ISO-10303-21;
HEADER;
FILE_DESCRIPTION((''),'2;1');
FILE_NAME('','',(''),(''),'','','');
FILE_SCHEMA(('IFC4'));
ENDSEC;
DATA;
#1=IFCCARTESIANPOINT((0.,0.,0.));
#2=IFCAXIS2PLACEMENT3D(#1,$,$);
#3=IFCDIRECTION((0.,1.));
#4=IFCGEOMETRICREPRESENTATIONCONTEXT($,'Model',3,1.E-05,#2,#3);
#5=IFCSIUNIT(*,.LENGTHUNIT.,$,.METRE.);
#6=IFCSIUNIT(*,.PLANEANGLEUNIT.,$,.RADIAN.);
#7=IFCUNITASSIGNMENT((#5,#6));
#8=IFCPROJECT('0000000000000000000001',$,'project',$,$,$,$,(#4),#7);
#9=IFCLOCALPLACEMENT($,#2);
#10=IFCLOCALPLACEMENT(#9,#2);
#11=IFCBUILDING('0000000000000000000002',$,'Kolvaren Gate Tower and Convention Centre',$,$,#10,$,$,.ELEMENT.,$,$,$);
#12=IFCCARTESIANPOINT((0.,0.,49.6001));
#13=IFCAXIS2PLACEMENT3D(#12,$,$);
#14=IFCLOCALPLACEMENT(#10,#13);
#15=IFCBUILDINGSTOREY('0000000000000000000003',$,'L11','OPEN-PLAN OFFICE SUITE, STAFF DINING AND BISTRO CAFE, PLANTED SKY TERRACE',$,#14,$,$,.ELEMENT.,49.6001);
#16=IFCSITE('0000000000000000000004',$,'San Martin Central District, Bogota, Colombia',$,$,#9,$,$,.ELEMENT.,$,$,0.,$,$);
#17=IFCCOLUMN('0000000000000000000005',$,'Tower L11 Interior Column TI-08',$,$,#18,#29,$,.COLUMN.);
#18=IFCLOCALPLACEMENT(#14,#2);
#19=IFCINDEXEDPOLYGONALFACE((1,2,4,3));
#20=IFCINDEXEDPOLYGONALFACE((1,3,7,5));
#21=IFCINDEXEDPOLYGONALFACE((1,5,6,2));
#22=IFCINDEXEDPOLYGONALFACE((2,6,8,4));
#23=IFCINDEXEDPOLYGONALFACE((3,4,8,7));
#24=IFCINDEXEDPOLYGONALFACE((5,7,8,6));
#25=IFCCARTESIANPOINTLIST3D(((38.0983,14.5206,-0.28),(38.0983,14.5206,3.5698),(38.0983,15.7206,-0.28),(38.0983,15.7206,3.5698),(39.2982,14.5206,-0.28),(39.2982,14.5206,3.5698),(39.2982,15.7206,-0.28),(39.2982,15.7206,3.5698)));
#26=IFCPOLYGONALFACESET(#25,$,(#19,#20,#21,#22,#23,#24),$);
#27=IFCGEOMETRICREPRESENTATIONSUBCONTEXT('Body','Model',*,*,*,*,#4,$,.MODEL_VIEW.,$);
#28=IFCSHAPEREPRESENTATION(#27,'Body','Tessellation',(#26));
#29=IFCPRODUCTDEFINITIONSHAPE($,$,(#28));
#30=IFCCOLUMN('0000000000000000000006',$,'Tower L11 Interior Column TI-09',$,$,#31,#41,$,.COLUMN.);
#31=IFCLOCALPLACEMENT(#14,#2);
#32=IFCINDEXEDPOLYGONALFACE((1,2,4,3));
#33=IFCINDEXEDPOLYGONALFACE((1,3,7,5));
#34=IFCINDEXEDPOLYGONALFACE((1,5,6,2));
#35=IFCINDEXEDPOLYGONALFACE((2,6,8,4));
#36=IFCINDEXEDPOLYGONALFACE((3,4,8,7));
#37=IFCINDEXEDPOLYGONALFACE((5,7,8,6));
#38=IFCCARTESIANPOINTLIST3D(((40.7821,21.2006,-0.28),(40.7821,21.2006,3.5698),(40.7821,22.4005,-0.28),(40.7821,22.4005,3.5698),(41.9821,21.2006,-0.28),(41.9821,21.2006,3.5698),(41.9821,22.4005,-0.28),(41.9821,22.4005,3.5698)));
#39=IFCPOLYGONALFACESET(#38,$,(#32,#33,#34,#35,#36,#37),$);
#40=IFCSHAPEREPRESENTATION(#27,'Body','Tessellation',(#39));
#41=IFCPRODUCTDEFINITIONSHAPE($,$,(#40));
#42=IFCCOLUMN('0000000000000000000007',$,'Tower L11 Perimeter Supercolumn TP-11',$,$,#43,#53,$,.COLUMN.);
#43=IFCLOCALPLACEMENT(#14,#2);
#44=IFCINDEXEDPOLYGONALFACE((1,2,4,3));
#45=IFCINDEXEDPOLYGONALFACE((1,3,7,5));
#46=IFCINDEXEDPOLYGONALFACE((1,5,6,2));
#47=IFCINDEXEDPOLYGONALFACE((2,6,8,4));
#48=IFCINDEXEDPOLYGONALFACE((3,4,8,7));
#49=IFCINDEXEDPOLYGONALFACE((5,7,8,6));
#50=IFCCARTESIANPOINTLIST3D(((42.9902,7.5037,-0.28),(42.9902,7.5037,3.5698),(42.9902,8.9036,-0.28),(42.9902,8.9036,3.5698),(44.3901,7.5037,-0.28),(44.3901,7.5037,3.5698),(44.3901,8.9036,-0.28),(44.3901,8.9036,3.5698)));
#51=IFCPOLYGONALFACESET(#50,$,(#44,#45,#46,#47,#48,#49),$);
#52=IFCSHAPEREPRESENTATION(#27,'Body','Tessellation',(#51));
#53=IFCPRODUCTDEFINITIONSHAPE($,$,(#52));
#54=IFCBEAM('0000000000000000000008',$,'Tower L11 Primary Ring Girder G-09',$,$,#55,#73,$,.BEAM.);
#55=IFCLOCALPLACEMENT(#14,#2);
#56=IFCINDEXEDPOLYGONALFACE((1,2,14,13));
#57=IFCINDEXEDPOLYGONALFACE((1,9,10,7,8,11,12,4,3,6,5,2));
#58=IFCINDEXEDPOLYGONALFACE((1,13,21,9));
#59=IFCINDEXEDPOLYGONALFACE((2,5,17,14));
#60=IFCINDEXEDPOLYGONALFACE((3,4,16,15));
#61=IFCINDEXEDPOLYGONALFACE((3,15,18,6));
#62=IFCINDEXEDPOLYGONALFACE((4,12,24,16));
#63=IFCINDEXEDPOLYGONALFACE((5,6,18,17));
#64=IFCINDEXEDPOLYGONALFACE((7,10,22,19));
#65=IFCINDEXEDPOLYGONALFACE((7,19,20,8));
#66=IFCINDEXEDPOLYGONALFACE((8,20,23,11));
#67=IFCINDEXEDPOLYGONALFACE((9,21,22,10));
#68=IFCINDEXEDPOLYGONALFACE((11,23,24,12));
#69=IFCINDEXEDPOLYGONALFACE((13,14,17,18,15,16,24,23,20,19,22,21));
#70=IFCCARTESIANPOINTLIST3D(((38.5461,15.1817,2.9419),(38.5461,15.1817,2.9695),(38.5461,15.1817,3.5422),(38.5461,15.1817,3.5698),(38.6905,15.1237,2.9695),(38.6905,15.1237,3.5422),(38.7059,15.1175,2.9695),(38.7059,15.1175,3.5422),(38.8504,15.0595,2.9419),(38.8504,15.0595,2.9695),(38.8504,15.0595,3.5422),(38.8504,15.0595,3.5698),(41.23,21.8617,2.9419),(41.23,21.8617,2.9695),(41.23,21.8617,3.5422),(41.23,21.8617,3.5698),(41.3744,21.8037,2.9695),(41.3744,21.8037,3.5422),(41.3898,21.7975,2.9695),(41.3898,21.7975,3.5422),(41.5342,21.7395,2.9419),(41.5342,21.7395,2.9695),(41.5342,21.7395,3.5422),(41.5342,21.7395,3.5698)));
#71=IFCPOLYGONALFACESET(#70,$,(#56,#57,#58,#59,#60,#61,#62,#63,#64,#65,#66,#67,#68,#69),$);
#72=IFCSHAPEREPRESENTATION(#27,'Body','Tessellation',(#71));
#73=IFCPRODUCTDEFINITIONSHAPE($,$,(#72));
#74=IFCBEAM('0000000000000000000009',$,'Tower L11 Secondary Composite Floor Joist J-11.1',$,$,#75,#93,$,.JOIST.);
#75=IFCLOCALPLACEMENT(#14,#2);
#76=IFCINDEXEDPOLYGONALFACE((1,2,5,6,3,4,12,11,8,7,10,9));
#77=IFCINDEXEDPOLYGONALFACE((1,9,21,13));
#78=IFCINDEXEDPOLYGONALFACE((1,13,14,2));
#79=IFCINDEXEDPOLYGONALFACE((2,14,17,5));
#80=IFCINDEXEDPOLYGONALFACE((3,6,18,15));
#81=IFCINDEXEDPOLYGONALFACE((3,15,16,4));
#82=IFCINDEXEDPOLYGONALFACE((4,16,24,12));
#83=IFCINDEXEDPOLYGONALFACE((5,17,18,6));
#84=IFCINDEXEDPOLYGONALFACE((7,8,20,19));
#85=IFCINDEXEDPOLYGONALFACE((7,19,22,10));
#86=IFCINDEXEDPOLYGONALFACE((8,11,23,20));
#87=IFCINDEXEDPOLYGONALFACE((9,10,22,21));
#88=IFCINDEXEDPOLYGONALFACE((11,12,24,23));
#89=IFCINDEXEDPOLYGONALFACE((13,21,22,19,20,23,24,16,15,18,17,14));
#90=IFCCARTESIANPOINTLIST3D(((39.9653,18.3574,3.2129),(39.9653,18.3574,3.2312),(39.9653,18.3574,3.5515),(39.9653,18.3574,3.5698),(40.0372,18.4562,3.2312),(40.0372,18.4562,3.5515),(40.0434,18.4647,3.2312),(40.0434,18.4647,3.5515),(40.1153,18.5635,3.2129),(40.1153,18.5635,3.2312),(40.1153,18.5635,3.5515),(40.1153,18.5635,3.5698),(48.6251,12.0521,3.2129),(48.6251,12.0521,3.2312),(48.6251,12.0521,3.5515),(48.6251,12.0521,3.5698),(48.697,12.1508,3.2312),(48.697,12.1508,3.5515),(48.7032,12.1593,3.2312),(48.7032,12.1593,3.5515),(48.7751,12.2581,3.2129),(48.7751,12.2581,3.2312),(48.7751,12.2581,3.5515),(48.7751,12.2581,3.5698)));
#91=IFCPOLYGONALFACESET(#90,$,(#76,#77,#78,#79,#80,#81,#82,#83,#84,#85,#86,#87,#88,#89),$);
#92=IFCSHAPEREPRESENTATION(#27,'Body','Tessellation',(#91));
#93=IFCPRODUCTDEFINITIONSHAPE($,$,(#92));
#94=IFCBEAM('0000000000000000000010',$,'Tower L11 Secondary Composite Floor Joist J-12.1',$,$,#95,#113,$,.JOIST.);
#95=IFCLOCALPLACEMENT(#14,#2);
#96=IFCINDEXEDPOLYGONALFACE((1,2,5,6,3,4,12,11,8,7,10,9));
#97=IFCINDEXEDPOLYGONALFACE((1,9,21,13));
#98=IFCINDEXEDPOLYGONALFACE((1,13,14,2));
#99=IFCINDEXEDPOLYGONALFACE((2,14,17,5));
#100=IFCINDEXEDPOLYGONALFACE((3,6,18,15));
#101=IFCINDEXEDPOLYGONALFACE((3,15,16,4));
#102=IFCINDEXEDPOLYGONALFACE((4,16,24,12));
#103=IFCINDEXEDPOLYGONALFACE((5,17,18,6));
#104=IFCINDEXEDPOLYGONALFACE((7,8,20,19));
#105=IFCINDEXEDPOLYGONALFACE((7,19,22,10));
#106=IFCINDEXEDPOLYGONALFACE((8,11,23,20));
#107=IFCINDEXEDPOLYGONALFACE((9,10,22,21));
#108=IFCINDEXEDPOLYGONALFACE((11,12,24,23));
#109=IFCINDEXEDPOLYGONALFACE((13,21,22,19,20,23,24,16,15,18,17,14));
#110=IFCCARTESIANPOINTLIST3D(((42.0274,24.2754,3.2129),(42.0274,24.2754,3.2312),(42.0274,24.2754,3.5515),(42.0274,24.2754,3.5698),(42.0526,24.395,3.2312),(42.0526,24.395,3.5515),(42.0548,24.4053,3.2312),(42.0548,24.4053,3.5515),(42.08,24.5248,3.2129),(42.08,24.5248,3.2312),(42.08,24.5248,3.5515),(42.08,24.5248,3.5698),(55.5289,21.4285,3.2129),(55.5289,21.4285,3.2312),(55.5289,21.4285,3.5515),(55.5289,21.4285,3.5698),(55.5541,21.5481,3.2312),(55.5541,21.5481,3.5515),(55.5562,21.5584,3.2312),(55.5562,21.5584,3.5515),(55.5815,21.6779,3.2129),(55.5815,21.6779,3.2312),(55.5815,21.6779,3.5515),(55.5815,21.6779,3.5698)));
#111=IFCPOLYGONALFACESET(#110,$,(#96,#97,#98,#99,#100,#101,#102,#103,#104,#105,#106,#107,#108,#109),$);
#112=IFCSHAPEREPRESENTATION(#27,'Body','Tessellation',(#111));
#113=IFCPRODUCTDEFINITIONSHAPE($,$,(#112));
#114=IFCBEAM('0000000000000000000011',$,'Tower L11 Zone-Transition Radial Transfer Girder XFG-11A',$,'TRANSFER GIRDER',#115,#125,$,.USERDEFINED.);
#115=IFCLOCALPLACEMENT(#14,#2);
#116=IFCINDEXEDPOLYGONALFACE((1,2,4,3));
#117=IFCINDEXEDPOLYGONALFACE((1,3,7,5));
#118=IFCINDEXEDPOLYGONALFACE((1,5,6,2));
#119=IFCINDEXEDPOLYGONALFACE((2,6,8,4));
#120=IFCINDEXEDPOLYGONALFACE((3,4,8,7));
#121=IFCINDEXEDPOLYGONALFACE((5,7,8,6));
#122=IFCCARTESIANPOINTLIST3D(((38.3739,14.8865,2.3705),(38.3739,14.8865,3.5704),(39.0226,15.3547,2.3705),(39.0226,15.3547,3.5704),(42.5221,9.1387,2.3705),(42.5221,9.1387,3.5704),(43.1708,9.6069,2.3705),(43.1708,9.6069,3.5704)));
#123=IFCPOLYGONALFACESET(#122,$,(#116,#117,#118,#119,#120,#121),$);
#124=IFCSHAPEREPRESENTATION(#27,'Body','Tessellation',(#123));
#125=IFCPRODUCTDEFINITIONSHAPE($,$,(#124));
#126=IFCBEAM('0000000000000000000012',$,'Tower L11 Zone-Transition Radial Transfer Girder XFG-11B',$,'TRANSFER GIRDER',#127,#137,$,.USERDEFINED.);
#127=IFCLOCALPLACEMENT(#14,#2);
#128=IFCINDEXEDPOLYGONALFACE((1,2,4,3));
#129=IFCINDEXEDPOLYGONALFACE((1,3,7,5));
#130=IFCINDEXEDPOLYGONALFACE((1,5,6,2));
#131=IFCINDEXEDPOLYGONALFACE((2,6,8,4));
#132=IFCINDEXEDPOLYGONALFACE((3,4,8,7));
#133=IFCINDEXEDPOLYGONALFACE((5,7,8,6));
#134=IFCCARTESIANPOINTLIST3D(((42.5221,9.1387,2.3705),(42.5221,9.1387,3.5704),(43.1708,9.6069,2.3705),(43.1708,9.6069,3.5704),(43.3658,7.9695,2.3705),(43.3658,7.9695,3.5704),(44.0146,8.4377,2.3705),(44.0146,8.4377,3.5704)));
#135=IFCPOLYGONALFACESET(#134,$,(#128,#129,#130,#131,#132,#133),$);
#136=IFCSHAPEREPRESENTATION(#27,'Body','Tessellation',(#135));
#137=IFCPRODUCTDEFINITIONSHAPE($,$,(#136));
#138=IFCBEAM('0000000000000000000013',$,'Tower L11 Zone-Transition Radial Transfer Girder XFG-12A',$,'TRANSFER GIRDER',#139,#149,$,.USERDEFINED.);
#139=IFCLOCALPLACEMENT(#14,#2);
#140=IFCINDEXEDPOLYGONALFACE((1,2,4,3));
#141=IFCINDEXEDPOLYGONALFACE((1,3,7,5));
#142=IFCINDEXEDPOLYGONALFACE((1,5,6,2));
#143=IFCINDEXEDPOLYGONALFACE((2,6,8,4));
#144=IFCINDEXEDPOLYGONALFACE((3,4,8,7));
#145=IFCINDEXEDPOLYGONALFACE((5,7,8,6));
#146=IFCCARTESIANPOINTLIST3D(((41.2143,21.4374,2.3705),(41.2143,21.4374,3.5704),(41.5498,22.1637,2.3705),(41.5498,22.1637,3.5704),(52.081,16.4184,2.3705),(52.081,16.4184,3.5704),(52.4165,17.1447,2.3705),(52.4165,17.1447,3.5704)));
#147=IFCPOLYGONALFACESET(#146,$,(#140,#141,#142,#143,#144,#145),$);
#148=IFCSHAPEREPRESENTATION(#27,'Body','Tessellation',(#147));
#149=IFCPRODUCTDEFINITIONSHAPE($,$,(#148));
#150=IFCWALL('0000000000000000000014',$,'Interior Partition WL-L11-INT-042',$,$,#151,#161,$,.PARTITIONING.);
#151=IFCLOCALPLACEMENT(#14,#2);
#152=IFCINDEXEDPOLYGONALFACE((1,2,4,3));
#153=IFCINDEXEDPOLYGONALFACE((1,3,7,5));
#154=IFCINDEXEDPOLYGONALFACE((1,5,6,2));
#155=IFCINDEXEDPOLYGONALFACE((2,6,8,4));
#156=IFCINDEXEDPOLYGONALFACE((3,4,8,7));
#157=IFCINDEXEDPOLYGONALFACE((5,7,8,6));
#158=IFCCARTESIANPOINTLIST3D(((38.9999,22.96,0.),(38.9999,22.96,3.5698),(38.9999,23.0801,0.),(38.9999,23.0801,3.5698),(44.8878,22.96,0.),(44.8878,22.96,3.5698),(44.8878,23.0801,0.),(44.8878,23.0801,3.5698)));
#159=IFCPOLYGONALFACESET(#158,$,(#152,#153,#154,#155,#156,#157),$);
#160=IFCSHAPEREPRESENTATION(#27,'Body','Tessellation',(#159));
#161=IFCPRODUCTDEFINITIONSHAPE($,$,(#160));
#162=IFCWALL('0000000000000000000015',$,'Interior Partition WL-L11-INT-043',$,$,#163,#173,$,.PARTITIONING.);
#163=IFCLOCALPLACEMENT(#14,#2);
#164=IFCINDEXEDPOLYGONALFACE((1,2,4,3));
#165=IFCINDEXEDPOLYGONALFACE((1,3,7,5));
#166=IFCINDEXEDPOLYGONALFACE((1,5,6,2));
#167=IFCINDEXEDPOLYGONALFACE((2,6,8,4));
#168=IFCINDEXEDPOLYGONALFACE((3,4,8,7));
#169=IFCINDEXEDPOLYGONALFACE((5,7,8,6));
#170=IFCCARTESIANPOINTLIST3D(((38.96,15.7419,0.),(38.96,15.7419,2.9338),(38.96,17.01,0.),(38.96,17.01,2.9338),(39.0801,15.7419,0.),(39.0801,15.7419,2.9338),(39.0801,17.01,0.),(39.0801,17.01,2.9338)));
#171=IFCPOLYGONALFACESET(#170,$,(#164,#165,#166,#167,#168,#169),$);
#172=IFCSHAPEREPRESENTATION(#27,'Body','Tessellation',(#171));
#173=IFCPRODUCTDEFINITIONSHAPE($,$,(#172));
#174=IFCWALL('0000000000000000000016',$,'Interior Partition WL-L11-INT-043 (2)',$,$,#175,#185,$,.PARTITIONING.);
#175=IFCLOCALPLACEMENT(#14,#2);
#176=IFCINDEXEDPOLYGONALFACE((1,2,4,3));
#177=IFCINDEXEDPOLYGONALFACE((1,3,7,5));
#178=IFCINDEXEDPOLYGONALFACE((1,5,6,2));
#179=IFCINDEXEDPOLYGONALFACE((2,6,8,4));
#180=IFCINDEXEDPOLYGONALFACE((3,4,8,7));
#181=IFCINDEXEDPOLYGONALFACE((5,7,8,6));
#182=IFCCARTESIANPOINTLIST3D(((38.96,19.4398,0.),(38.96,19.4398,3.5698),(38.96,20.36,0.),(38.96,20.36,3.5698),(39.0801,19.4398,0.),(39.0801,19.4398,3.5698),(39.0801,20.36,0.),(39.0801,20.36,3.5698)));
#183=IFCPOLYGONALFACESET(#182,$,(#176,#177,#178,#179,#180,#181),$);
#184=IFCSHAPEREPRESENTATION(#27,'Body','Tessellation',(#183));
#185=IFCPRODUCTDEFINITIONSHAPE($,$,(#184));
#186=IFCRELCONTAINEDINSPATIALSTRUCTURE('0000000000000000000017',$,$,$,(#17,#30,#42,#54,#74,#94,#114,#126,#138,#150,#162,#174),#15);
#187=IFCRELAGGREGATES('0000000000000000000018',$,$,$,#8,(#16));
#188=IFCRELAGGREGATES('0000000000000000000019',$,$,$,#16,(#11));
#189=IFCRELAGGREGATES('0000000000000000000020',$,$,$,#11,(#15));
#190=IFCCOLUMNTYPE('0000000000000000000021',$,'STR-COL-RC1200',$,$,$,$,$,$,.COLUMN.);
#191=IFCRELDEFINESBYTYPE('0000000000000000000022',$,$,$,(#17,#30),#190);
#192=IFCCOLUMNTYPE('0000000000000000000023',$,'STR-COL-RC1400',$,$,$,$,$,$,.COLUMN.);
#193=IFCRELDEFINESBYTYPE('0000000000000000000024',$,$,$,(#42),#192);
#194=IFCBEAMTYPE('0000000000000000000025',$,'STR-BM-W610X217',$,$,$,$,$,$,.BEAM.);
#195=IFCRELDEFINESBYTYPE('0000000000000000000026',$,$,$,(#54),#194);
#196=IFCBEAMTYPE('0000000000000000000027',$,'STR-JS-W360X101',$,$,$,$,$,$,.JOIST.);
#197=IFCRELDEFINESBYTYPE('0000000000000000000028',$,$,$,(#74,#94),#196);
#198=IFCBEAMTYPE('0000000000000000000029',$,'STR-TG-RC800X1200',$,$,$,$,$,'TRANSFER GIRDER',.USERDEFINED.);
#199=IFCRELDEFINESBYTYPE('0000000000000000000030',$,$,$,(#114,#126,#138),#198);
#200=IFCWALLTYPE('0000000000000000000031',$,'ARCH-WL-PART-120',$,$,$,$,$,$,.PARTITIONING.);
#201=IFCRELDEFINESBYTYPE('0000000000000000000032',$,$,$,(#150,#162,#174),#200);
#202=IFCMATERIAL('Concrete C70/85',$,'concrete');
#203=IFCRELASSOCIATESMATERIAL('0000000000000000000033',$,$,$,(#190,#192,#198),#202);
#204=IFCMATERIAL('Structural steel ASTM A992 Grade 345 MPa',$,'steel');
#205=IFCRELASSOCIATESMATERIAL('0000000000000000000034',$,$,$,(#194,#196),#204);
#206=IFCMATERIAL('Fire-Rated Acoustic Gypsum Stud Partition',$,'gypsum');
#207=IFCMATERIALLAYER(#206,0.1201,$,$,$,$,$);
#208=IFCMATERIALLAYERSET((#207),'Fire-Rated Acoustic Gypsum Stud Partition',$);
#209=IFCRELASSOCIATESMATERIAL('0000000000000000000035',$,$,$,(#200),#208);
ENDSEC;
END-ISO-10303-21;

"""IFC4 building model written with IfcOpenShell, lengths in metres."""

from ifc_helpers import new_model, si_unit, direction, frame, frame_2d, origin, origin_2d, place, context, subcontext, project, spatial, rectangle, i_section, extrude, material, layer, layer_set, material_profile, profile_set, type_object, element, save


model = new_model("IFC4")

# Units and contexts
model_context = context("Model", 3, precision=1e-05, world=origin(), true_north=direction((0.0, 1.0)))
body_context = subcontext(model_context, "Body", "Model", "MODEL_VIEW")
ifc_project = project(units=[si_unit("LENGTHUNIT", "METRE"), si_unit("PLANEANGLEUNIT", "RADIAN")], contexts=[model_context])

# Site, building, storey
site_placement = place(None, origin())
site = spatial("IfcSite", under=ifc_project, at=site_placement, Name="San Martin Central District, Bogota, Colombia", CompositionType="ELEMENT", RefElevation=0.0)
building_placement = place(site_placement, origin())
building = spatial("IfcBuilding", under=site, at=building_placement, Name="Kolvaren Gate Tower and Convention Centre", CompositionType="ELEMENT")
storey_placement = place(building_placement, frame((0.0, 0.0, 49.6001)))
storey = spatial("IfcBuildingStorey", under=building, at=storey_placement, Name="L11", Description="OPEN-PLAN OFFICE SUITE, STAFF DINING AND BISTRO CAFE, PLANTED SKY TERRACE", CompositionType="ELEMENT", Elevation=49.6001)

# Columns
ifc_material_1 = material(Name="Concrete C70/85", Category="concrete")
ifc_material_profile_1 = material_profile(ifc_material_1, rectangle(XDim=1.2, YDim=1.2, at=origin_2d()), Name="RC-COL-1200X1200")
ifc_profile_set_1 = profile_set([ifc_material_profile_1], Name="Concrete C70/85")
column_type_1 = type_object("IfcColumnType", Name="STR-COL-RC1200", PredefinedType="COLUMN", material=ifc_profile_set_1)
for number, where, z_axis, x_axis, name in (
    (1, (38.6982, 15.1206, -0.28), (0.0, 0.0, 1.0), (1.0, 0.0, 0.0), "Tower L11 Interior Column TI-08"),
    (2, (41.3821, 21.8005, -0.28), (0.0, 0.0, 1.0), (1.0, 0.0, 0.0), "Tower L11 Interior Column TI-09"),
):
    element("IfcColumn", number, at=place(storey_placement, frame(where, z_axis=z_axis, x_axis=x_axis)), inside=storey, type_object=column_type_1, Name=name, PredefinedType="COLUMN", context=body_context, shape_type="SweptSolid", body=[
        extrude(rectangle(XDim=1.2, YDim=1.2, at=origin_2d()), origin(), (0.0, 0.0, 1.0), 3.8499),
    ])
ifc_material_profile_2 = material_profile(ifc_material_1, rectangle(XDim=1.3999, YDim=1.3999, at=origin_2d()), Name="RC-COL-1400X1400")
ifc_profile_set_2 = profile_set([ifc_material_profile_2], Name="Concrete C70/85")
column_type_2 = type_object("IfcColumnType", Name="STR-COL-RC1400", PredefinedType="COLUMN", material=ifc_profile_set_2)
column_placement = place(storey_placement, frame((43.6902, 8.2036, -0.28), z_axis=(0.0, 0.0, 1.0), x_axis=(1.0, 0.0, 0.0)))
element("IfcColumn", 3, at=column_placement, inside=storey, type_object=column_type_2, Name="Tower L11 Perimeter Supercolumn TP-11", PredefinedType="COLUMN", context=body_context, shape_type="SweptSolid", body=[
    extrude(rectangle(XDim=1.3999, YDim=1.3999, at=origin_2d()), origin(), (0.0, 0.0, 1.0), 3.8499),
])

# Beams
ifc_material_2 = material(Name="Structural steel ASTM A992 Grade 345 MPa", Category="steel")
ifc_material_profile_3 = material_profile(ifc_material_2, i_section(OverallWidth=0.3279, OverallDepth=0.6279, WebThickness=0.0166, FlangeThickness=0.0276, at=origin_2d()), Name="W610X217")
ifc_profile_set_3 = profile_set([ifc_material_profile_3], Name="Structural steel ASTM A992 Grade 345 MPa")
beam_type_1 = type_object("IfcBeamType", Name="STR-BM-W610X217", PredefinedType="BEAM", material=ifc_profile_set_3)
beam_1_placement = place(storey_placement, frame((38.6982, 15.1206, 3.2559), z_axis=(0.372811, 0.927907, 0.0), x_axis=(-0.927907, 0.372811, 0.0)))
element("IfcBeam", 4, at=beam_1_placement, inside=storey, type_object=beam_type_1, Name="Tower L11 Primary Ring Girder G-09", PredefinedType="BEAM", context=body_context, shape_type="SweptSolid", body=[
    extrude(i_section(OverallWidth=0.3279, OverallDepth=0.6279, WebThickness=0.0166, FlangeThickness=0.0276, at=origin_2d()), origin(), (0.0, 0.0, 1.0), 7.199),
])
ifc_material_profile_4 = material_profile(ifc_material_2, i_section(OverallWidth=0.2549, OverallDepth=0.3569, WebThickness=0.0105, FlangeThickness=0.0183, at=origin_2d()), Name="W360X101")
ifc_profile_set_4 = profile_set([ifc_material_profile_4], Name="Structural steel ASTM A992 Grade 345 MPa")
beam_type_2 = type_object("IfcBeamType", Name="STR-JS-W360X101", PredefinedType="JOIST", material=ifc_profile_set_4)
beam_2_placement = place(storey_placement, frame((40.0403, 18.4604, 3.3914), z_axis=(0.808412, -0.588617, 0.0), x_axis=(0.588617, 0.808412, 0.0)))
element("IfcBeam", 5, at=beam_2_placement, inside=storey, type_object=beam_type_2, Name="Tower L11 Secondary Composite Floor Joist J-11.1", PredefinedType="JOIST", context=body_context, shape_type="SweptSolid", body=[
    extrude(i_section(OverallWidth=0.2549, OverallDepth=0.3569, WebThickness=0.0105, FlangeThickness=0.0183, at=origin_2d()), origin(), (0.0, 0.0, 1.0), 10.7122),
])
beam_3_placement = place(storey_placement, frame((42.0537, 24.4001, 3.3914), z_axis=(0.978484, -0.206323, 0.0), x_axis=(0.206323, 0.978484, 0.0)))
element("IfcBeam", 6, at=beam_3_placement, inside=storey, type_object=beam_type_2, Name="Tower L11 Secondary Composite Floor Joist J-12.1", PredefinedType="JOIST", context=body_context, shape_type="SweptSolid", body=[
    extrude(i_section(OverallWidth=0.2549, OverallDepth=0.3569, WebThickness=0.0105, FlangeThickness=0.0183, at=origin_2d()), origin(), (0.0, 0.0, 1.0), 13.7983),
])
ifc_material_profile_5 = material_profile(ifc_material_1, rectangle(XDim=0.8, YDim=1.2, at=origin_2d()), Name="RC-BM-800X1200")
ifc_profile_set_5 = profile_set([ifc_material_profile_5], Name="Concrete C70/85")
beam_type_3 = type_object("IfcBeamType", Name="STR-TG-RC800X1200", ElementType="TRANSFER GIRDER", PredefinedType="USERDEFINED", material=ifc_profile_set_5)
beam_4_placement = place(storey_placement, frame((38.6982, 15.1206, 2.9705), z_axis=(0.585213, -0.81088, 0.0), x_axis=(0.81088, 0.585213, 0.0)))
element("IfcBeam", 7, at=beam_4_placement, inside=storey, type_object=beam_type_3, Name="Tower L11 Zone-Transition Radial Transfer Girder XFG-11A", ObjectType="TRANSFER GIRDER", PredefinedType="USERDEFINED", context=body_context, shape_type="SweptSolid", body=[
    extrude(rectangle(XDim=0.8, YDim=1.2, at=origin_2d()), origin(), (0.0, 0.0, 1.0), 7.0884),
])
beam_5_placement = place(storey_placement, frame((42.8464, 9.3728, 2.9705), z_axis=(0.585188, -0.810898, 0.0), x_axis=(0.810898, 0.585188, 0.0)))
element("IfcBeam", 8, at=beam_5_placement, inside=storey, type_object=beam_type_3, Name="Tower L11 Zone-Transition Radial Transfer Girder XFG-11B", ObjectType="TRANSFER GIRDER", PredefinedType="USERDEFINED", context=body_context, shape_type="SweptSolid", body=[
    extrude(rectangle(XDim=0.8, YDim=1.2, at=origin_2d()), origin(), (0.0, 0.0, 1.0), 1.4419),
])
beam_6_placement = place(storey_placement, frame((41.3821, 21.8005, 2.9705), z_axis=(0.907844, -0.419309, 0.0), x_axis=(0.419309, 0.907844, 0.0)))
element("IfcBeam", 9, at=beam_6_placement, inside=storey, type_object=beam_type_3, Name="Tower L11 Zone-Transition Radial Transfer Girder XFG-12A", ObjectType="TRANSFER GIRDER", PredefinedType="USERDEFINED", context=body_context, shape_type="SweptSolid", body=[
    extrude(rectangle(XDim=0.8, YDim=1.2, at=origin_2d()), origin(), (0.0, 0.0, 1.0), 11.9697),
])

# Walls
ifc_material_3 = material(Name="Fire-Rated Acoustic Gypsum Stud Partition", Category="gypsum")
ifc_layer_1 = layer(ifc_material_3, 0.1201)
ifc_layer_set_1 = layer_set([ifc_layer_1], Name="Fire-Rated Acoustic Gypsum Stud Partition")
wall_type_1 = type_object("IfcWallType", Name="ARCH-WL-PART-120", PredefinedType="PARTITIONING", material=ifc_layer_set_1)
wall_1_placement = place(storey_placement, frame((39.0, 23.02, 0.0), z_axis=(0.0, 0.0, 1.0), x_axis=(1.0, 0.0, 0.0)))
element("IfcWall", 10, at=wall_1_placement, inside=storey, type_object=wall_type_1, Name="Interior Partition WL-L11-INT-042", PredefinedType="PARTITIONING", context=body_context, shape_type="SweptSolid", body=[
    extrude(rectangle(XDim=5.8879, YDim=0.1201, at=frame_2d((2.9438, 0.0))), origin(), (0.0, 0.0, 1.0), 3.5698),
])
wall_2_placement = place(storey_placement, frame((39.02, 15.7419, 0.0), z_axis=(0.0, 0.0, 1.0), x_axis=(0.0, 1.0, 0.0)))
element("IfcWall", 11, at=wall_2_placement, inside=storey, type_object=wall_type_1, Name="Interior Partition WL-L11-INT-043", PredefinedType="PARTITIONING", context=body_context, shape_type="SweptSolid", body=[
    extrude(rectangle(XDim=1.2681, YDim=0.1201, at=frame_2d((0.634, 0.0))), origin(), (0.0, 0.0, 1.0), 2.9338),
])
wall_3_placement = place(storey_placement, frame((39.02, 19.4399, 0.0), z_axis=(0.0, 0.0, 1.0), x_axis=(0.0, 1.0, 0.0)))
element("IfcWall", 12, at=wall_3_placement, inside=storey, type_object=wall_type_1, Name="Interior Partition WL-L11-INT-043 (2)", PredefinedType="PARTITIONING", context=body_context, shape_type="SweptSolid", body=[
    extrude(rectangle(XDim=0.9202, YDim=0.1201, at=frame_2d((0.46, 0.0))), origin(), (0.0, 0.0, 1.0), 3.5698),
])

save(model, "model.ifc")
